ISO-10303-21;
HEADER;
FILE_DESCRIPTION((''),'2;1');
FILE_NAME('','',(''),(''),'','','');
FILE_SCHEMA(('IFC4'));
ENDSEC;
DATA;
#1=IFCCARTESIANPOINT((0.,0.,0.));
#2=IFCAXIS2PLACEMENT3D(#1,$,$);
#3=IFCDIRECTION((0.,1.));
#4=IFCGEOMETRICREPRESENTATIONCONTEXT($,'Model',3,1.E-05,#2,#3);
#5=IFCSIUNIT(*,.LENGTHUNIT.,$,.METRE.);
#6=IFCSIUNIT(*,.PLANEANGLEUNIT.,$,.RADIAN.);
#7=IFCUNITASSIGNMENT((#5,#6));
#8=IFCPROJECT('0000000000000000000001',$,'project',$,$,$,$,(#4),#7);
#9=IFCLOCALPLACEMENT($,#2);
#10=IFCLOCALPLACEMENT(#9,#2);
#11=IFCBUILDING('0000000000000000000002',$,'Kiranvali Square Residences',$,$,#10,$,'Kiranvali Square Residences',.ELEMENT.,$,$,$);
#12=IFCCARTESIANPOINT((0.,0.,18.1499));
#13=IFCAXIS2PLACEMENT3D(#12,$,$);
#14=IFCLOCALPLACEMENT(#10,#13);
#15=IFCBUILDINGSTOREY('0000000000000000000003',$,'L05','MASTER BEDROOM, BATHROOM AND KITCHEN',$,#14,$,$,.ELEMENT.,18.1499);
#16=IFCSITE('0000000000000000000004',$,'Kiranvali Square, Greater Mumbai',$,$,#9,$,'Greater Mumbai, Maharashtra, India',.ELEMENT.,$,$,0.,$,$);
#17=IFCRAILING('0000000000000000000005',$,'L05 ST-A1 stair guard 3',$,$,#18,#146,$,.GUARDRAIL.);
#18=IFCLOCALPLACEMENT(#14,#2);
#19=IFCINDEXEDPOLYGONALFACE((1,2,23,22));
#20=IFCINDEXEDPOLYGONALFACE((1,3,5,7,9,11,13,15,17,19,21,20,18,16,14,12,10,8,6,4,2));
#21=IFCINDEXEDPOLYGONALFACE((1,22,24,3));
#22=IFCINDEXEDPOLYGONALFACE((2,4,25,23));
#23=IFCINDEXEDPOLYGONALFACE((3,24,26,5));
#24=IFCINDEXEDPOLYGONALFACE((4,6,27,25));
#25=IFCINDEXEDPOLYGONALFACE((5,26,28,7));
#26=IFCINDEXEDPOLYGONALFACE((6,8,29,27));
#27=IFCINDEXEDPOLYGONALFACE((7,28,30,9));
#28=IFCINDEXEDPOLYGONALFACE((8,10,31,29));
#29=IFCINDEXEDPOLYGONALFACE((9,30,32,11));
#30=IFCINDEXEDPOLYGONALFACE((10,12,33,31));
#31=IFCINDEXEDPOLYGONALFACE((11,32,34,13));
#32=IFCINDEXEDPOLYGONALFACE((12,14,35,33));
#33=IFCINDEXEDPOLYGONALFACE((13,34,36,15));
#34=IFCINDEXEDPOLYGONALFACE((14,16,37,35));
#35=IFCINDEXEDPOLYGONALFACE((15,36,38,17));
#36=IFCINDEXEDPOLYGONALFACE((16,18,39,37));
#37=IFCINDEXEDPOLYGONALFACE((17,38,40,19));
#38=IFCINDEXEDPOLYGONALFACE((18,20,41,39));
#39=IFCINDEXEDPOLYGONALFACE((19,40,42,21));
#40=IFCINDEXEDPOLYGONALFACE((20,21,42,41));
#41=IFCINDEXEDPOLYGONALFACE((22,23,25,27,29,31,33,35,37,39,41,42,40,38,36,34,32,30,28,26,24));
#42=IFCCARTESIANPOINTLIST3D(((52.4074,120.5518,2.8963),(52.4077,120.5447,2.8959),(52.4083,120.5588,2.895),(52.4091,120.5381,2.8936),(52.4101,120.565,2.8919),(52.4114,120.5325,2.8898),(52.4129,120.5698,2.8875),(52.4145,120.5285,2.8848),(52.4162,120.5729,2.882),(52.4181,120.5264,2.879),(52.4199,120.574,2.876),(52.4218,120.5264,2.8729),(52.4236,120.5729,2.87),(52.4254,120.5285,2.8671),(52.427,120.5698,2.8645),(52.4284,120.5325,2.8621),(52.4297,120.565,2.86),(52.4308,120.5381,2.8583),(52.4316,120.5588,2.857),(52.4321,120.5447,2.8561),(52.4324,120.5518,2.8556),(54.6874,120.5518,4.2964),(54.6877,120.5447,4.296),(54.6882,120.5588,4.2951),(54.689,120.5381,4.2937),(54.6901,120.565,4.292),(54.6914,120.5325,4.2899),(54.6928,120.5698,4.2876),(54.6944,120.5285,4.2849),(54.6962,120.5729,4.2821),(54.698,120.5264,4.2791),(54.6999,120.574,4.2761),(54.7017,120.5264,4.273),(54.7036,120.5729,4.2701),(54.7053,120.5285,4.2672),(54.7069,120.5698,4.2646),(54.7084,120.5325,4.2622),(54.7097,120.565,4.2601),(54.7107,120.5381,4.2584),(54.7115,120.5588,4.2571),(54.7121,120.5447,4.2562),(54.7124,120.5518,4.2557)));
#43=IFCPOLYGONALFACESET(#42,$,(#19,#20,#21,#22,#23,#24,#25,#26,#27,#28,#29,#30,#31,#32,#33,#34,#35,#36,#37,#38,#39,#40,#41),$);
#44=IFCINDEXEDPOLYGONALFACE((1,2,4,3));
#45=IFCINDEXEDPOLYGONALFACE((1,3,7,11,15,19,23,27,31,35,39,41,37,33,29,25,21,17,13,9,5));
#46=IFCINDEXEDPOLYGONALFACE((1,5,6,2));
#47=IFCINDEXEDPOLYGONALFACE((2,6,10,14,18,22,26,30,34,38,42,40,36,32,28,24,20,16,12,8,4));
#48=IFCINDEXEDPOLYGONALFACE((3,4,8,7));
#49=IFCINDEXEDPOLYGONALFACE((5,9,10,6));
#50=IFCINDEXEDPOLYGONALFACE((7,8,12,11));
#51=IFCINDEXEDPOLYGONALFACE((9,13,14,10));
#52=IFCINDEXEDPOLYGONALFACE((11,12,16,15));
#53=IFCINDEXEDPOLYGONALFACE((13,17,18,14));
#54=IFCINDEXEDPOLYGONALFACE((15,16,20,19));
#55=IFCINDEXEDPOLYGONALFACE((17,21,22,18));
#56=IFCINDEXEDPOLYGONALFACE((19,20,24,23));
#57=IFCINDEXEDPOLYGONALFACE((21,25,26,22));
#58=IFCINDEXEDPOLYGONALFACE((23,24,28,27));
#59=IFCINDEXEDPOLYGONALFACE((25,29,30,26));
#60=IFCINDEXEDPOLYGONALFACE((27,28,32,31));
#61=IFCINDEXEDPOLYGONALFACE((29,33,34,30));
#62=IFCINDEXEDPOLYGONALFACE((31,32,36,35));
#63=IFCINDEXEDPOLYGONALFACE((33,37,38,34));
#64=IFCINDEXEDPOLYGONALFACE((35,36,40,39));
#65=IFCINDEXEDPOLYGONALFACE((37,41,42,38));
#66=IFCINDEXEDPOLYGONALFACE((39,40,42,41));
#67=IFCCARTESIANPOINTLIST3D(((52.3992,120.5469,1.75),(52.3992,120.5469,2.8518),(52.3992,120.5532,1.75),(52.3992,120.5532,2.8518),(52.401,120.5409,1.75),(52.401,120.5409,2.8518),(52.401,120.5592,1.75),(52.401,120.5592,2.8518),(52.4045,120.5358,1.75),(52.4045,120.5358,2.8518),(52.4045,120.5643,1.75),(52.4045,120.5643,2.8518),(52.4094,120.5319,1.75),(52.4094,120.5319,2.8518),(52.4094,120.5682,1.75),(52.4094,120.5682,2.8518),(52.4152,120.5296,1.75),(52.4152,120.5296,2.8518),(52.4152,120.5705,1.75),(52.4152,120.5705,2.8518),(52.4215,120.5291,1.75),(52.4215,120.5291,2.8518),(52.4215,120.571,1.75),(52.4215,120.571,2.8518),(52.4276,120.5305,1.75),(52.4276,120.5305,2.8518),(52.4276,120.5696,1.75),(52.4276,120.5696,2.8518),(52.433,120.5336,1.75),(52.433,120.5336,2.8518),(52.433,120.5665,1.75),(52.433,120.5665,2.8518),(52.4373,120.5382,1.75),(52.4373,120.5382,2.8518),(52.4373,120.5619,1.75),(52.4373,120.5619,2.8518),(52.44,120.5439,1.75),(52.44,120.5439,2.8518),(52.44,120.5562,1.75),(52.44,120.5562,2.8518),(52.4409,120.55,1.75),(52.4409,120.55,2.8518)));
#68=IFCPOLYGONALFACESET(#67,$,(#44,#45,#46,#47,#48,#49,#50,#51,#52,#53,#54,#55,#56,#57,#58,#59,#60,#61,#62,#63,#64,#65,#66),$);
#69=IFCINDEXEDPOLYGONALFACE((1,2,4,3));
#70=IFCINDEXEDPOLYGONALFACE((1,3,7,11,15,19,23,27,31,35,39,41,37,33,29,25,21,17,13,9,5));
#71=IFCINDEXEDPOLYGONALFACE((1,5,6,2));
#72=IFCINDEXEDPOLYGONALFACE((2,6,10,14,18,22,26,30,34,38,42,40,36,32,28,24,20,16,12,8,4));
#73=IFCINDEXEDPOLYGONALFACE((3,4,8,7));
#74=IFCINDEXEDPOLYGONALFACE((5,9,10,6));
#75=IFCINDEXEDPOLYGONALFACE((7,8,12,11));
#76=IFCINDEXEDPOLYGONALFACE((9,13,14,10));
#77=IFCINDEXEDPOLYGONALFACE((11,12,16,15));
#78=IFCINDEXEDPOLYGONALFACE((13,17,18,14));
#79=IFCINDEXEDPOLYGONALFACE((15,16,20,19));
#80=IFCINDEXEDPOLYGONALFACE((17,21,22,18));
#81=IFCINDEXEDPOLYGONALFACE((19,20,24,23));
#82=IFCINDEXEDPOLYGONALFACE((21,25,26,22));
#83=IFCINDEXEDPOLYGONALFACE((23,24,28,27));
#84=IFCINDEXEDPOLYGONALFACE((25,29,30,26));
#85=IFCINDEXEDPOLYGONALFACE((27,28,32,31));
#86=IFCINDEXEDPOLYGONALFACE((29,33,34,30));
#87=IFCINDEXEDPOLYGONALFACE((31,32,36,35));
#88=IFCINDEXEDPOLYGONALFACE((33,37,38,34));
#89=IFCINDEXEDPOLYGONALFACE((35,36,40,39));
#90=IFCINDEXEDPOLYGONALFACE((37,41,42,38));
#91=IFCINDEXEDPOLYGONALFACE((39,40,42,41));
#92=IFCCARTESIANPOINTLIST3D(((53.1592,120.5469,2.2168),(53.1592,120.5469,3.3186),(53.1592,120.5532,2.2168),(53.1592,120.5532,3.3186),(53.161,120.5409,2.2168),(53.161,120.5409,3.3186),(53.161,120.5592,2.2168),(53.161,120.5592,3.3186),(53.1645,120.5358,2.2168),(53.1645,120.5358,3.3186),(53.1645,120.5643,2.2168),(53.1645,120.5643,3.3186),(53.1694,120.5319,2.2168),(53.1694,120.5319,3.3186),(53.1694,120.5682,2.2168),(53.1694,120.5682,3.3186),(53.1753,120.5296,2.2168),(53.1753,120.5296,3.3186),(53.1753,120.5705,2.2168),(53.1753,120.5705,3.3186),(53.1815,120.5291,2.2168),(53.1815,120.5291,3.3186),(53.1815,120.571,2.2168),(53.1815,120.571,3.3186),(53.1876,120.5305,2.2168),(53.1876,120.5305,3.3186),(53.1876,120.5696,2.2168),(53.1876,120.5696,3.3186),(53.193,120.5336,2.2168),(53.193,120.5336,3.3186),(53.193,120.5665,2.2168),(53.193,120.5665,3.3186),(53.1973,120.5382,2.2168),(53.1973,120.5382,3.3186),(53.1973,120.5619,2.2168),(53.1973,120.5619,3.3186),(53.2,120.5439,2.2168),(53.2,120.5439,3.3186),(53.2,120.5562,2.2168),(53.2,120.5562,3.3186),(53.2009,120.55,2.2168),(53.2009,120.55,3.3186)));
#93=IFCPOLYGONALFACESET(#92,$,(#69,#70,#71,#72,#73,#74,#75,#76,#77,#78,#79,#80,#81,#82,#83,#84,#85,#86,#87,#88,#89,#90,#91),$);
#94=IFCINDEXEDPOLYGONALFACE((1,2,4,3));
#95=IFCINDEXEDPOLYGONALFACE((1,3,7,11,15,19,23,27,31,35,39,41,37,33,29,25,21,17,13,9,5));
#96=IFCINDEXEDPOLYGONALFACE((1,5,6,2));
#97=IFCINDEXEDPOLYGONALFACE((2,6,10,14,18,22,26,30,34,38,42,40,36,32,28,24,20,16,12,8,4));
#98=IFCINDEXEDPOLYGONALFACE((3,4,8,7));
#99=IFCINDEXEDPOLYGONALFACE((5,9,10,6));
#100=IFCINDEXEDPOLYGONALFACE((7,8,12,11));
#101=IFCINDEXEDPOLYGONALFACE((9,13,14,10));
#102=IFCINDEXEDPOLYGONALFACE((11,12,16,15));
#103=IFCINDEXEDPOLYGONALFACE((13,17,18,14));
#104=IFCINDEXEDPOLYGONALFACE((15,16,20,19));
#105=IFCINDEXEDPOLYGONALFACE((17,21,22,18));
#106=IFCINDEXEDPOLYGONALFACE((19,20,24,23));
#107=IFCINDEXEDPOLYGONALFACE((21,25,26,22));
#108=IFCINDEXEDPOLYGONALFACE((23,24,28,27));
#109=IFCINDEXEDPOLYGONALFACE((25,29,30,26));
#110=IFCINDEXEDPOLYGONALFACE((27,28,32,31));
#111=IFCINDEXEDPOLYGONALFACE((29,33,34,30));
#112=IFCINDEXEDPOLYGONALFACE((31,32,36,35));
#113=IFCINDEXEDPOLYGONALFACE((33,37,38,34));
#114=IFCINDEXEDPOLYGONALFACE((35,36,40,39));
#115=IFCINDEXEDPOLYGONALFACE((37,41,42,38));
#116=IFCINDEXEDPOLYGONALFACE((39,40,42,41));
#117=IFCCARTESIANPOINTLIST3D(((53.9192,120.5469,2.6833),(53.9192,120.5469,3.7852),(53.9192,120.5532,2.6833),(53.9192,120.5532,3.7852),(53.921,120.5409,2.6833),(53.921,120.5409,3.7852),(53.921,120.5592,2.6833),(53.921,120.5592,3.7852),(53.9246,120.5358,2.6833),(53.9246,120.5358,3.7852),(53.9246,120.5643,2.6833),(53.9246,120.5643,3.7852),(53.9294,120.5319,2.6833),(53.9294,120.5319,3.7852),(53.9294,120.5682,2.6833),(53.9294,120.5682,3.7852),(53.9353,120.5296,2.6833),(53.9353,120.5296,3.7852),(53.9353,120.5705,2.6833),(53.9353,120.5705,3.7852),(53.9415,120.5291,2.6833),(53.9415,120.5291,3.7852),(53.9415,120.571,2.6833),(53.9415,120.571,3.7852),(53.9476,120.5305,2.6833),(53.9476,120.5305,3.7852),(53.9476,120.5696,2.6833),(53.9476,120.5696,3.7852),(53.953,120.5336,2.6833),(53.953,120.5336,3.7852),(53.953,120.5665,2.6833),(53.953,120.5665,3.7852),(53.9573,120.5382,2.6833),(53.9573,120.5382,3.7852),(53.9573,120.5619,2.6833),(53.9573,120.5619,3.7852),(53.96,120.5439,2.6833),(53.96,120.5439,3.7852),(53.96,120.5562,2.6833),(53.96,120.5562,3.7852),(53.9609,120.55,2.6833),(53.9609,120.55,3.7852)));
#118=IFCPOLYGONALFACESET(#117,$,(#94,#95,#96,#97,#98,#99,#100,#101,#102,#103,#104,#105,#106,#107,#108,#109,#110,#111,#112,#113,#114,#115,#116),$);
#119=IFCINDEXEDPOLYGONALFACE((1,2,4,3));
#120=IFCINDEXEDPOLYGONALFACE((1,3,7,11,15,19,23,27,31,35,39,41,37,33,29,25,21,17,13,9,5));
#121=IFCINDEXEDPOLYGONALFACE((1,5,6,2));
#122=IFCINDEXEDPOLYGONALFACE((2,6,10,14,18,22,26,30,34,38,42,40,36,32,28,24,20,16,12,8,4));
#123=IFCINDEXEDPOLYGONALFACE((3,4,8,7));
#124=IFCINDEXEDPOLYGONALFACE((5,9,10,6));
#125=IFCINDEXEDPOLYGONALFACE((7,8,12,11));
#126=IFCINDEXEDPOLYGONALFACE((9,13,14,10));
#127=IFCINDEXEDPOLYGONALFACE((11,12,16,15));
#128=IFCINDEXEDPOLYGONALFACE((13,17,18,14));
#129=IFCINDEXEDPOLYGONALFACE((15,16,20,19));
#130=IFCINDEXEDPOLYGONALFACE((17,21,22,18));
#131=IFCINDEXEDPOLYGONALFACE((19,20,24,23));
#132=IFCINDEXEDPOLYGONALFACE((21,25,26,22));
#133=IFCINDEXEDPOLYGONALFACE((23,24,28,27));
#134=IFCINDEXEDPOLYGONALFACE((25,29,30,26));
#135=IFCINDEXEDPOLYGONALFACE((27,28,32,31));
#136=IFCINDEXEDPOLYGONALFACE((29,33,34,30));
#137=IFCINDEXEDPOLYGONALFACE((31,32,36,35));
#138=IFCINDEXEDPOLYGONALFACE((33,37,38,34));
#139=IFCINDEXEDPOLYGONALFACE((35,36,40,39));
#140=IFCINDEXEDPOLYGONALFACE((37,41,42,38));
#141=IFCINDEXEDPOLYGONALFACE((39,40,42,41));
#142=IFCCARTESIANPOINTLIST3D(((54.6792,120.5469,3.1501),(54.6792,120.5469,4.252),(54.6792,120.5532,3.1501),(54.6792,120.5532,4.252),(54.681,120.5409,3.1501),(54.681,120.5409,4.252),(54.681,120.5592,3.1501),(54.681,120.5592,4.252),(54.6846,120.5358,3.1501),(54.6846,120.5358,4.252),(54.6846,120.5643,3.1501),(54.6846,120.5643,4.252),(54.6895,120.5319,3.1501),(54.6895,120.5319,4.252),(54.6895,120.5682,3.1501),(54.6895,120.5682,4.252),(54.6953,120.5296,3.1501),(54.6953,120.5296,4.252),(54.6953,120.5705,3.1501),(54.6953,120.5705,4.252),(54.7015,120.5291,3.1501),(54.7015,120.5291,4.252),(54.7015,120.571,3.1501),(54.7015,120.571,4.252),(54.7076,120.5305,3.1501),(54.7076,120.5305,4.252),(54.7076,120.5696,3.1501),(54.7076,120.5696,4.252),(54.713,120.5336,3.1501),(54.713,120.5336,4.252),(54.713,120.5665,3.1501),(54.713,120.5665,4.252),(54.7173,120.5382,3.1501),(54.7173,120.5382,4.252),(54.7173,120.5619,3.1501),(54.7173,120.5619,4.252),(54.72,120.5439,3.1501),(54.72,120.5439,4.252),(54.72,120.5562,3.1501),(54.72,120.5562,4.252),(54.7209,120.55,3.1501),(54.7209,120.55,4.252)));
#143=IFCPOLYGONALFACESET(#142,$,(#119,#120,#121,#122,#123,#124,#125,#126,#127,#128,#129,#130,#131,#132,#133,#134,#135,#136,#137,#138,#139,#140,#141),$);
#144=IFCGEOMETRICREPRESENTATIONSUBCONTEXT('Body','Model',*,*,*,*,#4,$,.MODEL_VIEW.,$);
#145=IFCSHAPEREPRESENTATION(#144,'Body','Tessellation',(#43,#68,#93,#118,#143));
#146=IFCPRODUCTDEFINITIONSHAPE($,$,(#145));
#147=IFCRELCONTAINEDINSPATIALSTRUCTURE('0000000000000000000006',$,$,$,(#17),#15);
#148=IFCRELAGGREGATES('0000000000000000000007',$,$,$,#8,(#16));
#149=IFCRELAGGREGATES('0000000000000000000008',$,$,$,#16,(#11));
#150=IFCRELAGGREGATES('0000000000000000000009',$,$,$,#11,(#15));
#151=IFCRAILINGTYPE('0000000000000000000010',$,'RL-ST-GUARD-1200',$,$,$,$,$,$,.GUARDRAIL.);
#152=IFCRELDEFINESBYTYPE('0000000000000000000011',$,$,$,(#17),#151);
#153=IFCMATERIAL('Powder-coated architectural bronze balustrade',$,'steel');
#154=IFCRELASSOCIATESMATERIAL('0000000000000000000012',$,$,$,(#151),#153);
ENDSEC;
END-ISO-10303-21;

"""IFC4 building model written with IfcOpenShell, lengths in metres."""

from ifc_helpers import new_model, si_unit, direction, frame, origin, origin_2d, place, context, subcontext, project, spatial, circle, extrude, material, type_object, element, save


model = new_model("IFC4")

# Units and contexts
model_context = context("Model", 3, precision=1e-05, world=origin(), true_north=direction((0.0, 1.0)))
body_context = subcontext(model_context, "Body", "Model", "MODEL_VIEW")
ifc_project = project(units=[si_unit("LENGTHUNIT", "METRE"), si_unit("PLANEANGLEUNIT", "RADIAN")], contexts=[model_context])

# Site, building, storey
site_placement = place(None, origin())
site = spatial("IfcSite", under=ifc_project, at=site_placement, Name="Kiranvali Square, Greater Mumbai", LongName="Greater Mumbai, Maharashtra, India", CompositionType="ELEMENT", RefElevation=0.0)
building_placement = place(site_placement, origin())
building = spatial("IfcBuilding", under=site, at=building_placement, Name="Kiranvali Square Residences", LongName="Kiranvali Square Residences", CompositionType="ELEMENT")
storey_placement = place(building_placement, frame((0.0, 0.0, 18.1499)))
storey = spatial("IfcBuildingStorey", under=building, at=storey_placement, Name="L05", Description="MASTER BEDROOM, BATHROOM AND KITCHEN", CompositionType="ELEMENT", Elevation=18.1499)

# Railing
ifc_material_1 = material(Name="Powder-coated architectural bronze balustrade", Category="steel")
railing_type_1 = type_object("IfcRailingType", Name="RL-ST-GUARD-1200", PredefinedType="GUARDRAIL", material=ifc_material_1)
railing_1_placement = place(storey_placement, frame((52.4199, 120.55, 1.75)))
element("IfcRailing", 1, at=railing_1_placement, inside=storey, type_object=railing_type_1, Name="L05 ST-A1 stair guard 3", PredefinedType="GUARDRAIL", context=body_context, shape_type="SweptSolid", body=[
    extrude(circle(Radius=0.0239, at=origin_2d()), frame((0.0, 0.0, 1.126), z_axis=(0.85215, 0.0, 0.523298), x_axis=(0.0, 1.0, 0.0)), (0.0, 0.0, 1.0), 2.6755),
    extrude(circle(Radius=0.021, at=origin_2d()), origin(), (0.0, 0.0, 1.0), 1.1018),
    extrude(circle(Radius=0.021, at=origin_2d()), frame((0.76, 0.0, 0.4668)), (0.0, 0.0, 1.0), 1.1018),
    extrude(circle(Radius=0.021, at=origin_2d()), frame((1.52, 0.0, 0.9333)), (0.0, 0.0, 1.0), 1.1018),
    extrude(circle(Radius=0.021, at=origin_2d()), frame((2.28, 0.0, 1.4001)), (0.0, 0.0, 1.0), 1.1018),
])

save(model, "model.ifc")
